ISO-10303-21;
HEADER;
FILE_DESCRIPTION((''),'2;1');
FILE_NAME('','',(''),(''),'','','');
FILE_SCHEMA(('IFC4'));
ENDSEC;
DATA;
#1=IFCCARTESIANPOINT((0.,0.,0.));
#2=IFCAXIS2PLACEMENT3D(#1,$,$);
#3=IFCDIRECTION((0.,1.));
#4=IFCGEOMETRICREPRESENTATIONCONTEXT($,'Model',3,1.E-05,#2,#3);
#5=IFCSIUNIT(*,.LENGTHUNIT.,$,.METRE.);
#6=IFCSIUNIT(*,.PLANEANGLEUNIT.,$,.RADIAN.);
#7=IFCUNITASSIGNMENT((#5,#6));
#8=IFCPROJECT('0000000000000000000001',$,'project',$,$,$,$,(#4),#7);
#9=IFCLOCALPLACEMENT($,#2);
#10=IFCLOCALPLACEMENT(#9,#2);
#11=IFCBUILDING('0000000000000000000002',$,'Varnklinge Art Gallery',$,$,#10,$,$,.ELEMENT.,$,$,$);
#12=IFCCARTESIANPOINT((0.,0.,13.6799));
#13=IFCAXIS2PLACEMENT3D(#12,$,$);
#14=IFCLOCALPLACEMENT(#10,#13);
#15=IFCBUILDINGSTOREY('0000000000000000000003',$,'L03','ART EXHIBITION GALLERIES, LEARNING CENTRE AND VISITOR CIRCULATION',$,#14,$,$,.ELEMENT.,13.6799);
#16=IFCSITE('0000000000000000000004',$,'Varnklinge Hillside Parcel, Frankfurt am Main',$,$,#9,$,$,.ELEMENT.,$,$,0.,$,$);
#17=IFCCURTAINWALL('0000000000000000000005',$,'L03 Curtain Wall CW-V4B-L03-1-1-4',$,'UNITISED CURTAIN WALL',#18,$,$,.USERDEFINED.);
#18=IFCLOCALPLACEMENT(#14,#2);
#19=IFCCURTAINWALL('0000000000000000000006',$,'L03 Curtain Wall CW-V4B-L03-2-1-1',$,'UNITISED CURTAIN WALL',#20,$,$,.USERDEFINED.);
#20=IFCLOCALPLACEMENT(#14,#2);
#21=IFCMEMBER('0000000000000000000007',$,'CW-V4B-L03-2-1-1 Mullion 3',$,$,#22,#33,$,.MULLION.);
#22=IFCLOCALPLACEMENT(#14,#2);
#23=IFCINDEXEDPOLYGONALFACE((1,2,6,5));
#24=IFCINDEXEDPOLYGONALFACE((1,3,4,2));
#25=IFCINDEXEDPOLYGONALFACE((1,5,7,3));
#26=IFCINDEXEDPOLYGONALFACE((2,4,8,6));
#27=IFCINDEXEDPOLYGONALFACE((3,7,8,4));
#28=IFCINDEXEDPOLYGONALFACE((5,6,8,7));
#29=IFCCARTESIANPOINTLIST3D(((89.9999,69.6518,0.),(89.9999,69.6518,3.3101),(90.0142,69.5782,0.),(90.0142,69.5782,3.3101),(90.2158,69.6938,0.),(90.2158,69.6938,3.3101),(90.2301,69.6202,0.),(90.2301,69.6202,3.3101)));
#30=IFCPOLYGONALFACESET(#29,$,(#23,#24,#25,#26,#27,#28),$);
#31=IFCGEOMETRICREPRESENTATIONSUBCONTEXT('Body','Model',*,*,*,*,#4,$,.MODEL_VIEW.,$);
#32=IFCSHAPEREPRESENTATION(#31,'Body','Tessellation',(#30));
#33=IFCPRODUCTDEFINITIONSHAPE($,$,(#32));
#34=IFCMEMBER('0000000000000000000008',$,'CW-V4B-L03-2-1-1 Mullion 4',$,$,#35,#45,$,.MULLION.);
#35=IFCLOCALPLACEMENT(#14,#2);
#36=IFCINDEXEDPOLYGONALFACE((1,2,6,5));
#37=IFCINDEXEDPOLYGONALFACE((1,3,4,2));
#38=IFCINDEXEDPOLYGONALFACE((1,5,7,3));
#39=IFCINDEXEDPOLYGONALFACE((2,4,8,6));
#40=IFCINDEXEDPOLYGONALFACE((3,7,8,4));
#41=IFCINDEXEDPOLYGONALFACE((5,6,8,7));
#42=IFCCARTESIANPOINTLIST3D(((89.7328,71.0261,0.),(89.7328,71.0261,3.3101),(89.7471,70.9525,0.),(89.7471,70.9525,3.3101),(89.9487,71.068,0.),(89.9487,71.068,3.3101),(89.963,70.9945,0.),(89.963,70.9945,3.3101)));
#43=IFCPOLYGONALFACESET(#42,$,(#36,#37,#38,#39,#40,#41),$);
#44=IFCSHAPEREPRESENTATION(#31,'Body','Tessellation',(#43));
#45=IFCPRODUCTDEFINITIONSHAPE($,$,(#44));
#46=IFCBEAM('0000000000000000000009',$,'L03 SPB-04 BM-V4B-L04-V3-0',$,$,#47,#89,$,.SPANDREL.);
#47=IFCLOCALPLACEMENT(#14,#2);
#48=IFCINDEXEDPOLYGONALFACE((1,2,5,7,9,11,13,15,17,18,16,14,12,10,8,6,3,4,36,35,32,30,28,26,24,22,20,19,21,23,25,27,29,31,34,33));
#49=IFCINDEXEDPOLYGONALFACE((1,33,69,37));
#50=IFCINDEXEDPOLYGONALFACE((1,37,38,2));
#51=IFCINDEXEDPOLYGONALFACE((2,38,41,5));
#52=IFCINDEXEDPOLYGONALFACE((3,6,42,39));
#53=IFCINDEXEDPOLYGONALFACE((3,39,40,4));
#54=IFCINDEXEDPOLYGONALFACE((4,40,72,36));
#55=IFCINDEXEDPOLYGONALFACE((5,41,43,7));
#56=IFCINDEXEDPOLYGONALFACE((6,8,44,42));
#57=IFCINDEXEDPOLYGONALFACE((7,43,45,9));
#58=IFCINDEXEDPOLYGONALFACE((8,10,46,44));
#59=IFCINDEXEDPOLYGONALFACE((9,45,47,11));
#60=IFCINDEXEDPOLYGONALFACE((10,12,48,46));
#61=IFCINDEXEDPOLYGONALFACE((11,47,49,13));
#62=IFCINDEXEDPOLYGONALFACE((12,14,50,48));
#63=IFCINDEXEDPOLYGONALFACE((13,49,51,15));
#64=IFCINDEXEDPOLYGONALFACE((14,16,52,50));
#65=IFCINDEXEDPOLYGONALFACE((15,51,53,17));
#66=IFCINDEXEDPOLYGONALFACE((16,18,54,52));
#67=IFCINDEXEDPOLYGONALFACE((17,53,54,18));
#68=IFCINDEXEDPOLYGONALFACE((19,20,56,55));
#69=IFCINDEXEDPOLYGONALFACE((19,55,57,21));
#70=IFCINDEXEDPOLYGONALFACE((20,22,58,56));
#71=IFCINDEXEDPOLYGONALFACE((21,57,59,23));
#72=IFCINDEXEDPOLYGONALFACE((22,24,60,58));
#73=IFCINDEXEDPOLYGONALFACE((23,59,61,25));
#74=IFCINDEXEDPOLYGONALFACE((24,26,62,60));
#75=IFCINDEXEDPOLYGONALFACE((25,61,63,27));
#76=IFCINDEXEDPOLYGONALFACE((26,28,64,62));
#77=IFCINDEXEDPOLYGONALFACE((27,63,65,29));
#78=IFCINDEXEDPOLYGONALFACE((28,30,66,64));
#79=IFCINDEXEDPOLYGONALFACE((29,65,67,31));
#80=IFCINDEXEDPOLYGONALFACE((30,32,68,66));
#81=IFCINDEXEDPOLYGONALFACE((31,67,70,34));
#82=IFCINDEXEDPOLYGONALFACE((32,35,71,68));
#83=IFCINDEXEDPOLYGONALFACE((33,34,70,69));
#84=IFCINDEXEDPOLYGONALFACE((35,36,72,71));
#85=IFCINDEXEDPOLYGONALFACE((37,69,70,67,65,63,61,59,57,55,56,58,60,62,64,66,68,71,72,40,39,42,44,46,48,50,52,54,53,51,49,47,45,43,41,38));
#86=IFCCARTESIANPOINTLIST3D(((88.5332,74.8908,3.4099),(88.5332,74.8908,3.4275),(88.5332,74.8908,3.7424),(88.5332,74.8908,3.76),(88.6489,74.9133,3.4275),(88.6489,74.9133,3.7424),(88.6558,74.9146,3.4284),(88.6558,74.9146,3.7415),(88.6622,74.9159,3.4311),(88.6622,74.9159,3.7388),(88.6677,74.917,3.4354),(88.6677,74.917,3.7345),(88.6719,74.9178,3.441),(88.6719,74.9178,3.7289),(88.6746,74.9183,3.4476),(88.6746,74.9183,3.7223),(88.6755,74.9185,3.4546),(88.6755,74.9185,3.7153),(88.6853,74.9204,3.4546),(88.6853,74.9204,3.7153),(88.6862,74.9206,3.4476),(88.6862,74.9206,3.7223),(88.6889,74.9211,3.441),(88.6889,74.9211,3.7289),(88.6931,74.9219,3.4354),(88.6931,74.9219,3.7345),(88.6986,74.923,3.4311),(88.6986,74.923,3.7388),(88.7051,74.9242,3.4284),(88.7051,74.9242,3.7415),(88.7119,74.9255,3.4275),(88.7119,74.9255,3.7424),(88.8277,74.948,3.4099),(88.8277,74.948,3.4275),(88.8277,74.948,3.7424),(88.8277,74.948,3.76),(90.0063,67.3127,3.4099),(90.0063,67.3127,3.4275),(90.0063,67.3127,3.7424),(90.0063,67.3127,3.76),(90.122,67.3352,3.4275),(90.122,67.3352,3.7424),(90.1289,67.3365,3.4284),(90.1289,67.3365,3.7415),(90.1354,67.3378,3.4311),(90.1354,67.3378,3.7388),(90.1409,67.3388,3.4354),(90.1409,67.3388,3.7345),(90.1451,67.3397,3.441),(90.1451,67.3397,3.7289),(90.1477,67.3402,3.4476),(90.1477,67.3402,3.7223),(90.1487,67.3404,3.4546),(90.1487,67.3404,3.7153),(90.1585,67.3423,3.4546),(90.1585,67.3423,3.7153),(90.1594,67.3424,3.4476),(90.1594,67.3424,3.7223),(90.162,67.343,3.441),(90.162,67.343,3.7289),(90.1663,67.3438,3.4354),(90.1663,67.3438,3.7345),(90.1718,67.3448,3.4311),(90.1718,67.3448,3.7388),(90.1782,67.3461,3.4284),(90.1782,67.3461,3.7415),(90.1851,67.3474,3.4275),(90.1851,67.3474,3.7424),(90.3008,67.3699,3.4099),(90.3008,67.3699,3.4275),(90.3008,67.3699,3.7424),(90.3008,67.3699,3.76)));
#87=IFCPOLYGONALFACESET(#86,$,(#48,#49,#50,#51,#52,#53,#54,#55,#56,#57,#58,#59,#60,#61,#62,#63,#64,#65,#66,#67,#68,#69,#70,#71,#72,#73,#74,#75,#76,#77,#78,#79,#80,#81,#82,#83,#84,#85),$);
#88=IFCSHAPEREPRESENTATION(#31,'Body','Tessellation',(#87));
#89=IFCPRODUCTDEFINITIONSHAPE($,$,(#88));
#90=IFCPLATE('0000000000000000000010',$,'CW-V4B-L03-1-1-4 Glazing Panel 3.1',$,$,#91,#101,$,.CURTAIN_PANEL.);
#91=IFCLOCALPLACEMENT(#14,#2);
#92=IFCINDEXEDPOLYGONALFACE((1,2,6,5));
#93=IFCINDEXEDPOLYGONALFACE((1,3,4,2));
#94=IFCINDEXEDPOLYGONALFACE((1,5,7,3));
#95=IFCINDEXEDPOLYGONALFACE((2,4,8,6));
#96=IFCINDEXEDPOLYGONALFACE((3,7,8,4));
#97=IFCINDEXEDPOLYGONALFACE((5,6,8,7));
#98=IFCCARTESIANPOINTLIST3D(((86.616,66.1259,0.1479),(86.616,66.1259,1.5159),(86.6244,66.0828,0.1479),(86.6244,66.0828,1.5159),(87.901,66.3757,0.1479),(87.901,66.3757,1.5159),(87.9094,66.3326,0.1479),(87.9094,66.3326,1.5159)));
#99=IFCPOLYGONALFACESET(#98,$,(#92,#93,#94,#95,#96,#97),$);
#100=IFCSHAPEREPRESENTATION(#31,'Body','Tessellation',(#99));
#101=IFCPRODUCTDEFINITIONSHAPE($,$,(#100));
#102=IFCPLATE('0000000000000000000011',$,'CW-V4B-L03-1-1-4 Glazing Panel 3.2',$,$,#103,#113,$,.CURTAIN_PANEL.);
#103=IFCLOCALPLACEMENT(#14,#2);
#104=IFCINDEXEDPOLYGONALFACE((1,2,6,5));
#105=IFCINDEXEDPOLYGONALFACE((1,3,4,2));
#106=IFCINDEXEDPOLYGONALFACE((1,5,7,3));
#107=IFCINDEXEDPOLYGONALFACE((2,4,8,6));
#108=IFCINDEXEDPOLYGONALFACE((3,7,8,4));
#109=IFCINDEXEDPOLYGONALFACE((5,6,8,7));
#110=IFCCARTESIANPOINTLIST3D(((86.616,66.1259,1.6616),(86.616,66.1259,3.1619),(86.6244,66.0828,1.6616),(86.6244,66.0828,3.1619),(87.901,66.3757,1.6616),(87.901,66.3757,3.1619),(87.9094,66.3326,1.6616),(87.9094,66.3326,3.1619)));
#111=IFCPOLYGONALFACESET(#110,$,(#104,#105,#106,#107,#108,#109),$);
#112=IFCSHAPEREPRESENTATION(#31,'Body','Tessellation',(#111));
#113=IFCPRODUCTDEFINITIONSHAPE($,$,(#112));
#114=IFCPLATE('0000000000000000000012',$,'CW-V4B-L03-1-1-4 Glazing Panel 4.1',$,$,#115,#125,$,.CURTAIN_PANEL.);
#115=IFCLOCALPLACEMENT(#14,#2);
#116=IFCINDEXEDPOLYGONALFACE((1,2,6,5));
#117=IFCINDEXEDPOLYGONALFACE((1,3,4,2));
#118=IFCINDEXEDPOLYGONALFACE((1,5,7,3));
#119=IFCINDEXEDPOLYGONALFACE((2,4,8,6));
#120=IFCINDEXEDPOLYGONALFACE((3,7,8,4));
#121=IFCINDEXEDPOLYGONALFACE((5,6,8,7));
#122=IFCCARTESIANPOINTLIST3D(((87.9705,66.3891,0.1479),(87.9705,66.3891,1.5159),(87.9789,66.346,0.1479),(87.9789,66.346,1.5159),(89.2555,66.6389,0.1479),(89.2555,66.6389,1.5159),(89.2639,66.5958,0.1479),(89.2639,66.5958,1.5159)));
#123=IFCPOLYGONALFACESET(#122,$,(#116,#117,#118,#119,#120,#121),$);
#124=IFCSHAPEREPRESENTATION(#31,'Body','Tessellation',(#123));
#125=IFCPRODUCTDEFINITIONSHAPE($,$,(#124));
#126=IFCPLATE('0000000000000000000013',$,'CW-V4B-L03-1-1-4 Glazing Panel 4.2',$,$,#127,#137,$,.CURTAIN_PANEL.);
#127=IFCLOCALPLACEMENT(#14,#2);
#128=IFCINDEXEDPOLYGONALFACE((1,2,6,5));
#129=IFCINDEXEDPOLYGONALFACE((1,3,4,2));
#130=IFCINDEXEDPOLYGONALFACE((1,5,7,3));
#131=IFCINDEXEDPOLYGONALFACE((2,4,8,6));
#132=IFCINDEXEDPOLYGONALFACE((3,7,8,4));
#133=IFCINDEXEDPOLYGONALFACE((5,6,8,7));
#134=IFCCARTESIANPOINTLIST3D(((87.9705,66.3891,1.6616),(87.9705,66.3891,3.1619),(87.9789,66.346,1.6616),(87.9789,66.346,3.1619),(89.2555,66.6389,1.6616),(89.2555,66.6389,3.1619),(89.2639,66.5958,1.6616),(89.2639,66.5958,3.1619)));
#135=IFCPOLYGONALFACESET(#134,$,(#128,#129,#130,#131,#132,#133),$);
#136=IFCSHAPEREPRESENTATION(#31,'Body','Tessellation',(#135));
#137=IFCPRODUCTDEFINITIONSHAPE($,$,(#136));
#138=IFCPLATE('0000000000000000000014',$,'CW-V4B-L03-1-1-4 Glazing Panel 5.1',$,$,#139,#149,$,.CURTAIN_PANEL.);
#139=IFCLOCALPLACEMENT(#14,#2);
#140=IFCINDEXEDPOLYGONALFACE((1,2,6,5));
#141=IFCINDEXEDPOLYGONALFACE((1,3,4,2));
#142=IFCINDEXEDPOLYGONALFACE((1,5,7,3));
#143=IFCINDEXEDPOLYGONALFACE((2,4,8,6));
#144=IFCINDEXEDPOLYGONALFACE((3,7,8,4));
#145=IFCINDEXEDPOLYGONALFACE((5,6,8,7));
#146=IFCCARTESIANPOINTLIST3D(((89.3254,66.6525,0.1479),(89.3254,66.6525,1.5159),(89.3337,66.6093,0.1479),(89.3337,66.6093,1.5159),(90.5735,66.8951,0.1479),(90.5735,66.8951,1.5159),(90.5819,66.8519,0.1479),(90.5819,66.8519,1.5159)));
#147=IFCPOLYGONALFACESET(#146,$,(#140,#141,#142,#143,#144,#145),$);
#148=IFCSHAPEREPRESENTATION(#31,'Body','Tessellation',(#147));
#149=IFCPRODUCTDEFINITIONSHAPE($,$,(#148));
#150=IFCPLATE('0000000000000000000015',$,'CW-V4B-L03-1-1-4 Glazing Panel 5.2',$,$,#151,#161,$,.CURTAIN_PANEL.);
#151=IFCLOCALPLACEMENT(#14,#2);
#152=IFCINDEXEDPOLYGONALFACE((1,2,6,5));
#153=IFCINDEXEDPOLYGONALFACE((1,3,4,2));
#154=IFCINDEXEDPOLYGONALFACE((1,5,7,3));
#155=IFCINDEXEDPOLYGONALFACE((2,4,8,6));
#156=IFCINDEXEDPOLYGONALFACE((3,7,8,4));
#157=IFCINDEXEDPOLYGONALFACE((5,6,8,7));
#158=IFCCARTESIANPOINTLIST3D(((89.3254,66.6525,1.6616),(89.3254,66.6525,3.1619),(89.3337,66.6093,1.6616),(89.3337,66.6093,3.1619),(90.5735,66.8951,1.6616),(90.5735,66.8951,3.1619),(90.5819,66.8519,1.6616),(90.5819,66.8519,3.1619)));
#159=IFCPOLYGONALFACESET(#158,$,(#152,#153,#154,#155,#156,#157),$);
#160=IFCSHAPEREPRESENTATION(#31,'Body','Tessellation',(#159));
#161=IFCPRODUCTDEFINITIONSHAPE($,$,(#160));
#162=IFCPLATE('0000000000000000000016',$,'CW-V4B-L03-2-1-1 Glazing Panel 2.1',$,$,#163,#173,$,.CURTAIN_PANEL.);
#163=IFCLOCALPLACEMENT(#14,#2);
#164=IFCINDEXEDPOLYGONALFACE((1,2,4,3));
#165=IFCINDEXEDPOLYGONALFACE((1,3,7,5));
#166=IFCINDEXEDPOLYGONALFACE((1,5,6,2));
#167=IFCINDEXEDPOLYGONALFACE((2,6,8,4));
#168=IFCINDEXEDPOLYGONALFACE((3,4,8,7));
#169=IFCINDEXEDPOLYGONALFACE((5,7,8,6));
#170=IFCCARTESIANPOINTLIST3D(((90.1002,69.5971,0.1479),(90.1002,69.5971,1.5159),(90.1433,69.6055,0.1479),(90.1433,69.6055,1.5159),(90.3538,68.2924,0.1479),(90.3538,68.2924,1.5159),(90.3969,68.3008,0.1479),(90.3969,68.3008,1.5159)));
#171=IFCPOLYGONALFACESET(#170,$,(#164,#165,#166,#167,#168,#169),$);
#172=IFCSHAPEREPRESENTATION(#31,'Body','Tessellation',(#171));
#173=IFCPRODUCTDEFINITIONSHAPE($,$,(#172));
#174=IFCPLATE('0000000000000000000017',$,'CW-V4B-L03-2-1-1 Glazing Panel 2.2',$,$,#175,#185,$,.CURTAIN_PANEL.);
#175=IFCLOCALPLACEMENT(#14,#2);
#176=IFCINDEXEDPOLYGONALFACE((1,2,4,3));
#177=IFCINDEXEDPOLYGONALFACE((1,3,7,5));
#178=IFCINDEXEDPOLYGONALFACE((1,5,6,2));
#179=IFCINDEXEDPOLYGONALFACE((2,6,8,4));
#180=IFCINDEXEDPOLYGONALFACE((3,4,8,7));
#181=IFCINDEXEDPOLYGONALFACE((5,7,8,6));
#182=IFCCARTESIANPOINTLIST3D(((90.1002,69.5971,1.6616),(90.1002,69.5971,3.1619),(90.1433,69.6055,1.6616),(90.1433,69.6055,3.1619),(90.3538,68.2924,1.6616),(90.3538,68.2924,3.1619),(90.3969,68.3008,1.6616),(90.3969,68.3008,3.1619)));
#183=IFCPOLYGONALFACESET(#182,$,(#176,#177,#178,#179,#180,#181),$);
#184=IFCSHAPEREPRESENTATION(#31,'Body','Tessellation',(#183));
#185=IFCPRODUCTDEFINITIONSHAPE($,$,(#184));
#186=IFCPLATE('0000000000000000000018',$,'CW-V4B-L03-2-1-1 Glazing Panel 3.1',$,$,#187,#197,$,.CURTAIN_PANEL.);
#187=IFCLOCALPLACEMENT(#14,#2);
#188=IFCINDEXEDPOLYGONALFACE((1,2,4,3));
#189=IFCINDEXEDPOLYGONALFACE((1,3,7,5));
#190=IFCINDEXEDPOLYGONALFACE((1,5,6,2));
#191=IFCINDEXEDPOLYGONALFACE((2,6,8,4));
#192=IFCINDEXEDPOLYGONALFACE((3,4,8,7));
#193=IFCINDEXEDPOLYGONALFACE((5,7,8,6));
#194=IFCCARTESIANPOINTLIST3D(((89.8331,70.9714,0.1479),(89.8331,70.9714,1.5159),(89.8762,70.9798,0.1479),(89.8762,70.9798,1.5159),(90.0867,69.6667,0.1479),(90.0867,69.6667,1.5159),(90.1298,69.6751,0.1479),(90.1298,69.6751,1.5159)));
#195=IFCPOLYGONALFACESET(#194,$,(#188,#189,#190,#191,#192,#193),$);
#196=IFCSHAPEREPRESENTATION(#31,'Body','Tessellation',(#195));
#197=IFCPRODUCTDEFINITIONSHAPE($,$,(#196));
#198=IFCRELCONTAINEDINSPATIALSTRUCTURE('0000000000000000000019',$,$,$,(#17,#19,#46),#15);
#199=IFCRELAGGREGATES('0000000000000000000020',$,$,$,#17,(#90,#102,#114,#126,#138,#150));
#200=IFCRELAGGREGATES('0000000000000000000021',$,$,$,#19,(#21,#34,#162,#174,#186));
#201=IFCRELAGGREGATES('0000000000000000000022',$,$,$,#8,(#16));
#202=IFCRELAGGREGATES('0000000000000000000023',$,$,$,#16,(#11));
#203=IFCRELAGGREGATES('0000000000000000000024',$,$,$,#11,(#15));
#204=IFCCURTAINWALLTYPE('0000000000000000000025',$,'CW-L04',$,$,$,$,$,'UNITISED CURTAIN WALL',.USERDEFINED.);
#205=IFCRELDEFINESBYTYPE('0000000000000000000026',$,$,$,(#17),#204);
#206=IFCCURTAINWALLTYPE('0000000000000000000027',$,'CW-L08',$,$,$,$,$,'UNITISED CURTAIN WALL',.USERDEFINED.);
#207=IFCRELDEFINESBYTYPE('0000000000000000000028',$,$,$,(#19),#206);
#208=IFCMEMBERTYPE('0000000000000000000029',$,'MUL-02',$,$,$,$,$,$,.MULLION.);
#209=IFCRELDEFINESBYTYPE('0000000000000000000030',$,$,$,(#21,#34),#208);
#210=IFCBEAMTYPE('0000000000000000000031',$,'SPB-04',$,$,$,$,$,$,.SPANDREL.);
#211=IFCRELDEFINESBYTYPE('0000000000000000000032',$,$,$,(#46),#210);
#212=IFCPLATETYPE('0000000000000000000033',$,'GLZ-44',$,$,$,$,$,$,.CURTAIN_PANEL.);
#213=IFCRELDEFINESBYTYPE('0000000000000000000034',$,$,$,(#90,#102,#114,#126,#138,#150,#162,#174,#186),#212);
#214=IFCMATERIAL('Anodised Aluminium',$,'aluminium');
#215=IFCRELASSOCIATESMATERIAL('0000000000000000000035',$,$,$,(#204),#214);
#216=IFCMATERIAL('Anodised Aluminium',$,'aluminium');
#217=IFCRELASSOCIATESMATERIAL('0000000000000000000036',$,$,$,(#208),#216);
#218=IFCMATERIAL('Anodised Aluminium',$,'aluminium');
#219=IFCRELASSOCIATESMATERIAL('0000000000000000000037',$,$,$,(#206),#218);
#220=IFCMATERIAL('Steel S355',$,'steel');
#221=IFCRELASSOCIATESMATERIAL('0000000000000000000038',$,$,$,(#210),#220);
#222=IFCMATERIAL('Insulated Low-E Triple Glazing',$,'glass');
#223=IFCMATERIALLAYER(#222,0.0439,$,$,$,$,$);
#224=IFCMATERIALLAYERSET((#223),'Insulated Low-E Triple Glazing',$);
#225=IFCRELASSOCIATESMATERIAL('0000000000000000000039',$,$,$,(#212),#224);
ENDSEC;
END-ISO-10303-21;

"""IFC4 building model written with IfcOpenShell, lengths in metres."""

from ifc_helpers import new_model, si_unit, direction, frame, origin, origin_2d, place, context, subcontext, project, spatial, rectangle, i_section, extrude, material, layer, layer_set, material_profile, profile_set, type_object, element, aggregate, save


model = new_model("IFC4")

# Units and contexts
model_context = context("Model", 3, precision=1e-05, world=origin(), true_north=direction((0.0, 1.0)))
body_context = subcontext(model_context, "Body", "Model", "MODEL_VIEW")
ifc_project = project(units=[si_unit("LENGTHUNIT", "METRE"), si_unit("PLANEANGLEUNIT", "RADIAN")], contexts=[model_context])

# Site, building, storey
site_placement = place(None, origin())
site = spatial("IfcSite", under=ifc_project, at=site_placement, Name="Varnklinge Hillside Parcel, Frankfurt am Main", CompositionType="ELEMENT", RefElevation=0.0)
building_placement = place(site_placement, origin())
building = spatial("IfcBuilding", under=site, at=building_placement, Name="Varnklinge Art Gallery", CompositionType="ELEMENT")
storey_placement = place(building_placement, frame((0.0, 0.0, 13.6799)))
storey = spatial("IfcBuildingStorey", under=building, at=storey_placement, Name="L03", Description="ART EXHIBITION GALLERIES, LEARNING CENTRE AND VISITOR CIRCULATION", CompositionType="ELEMENT", Elevation=13.6799)

# Curtain walls, members
ifc_material_1 = material(Name="Anodised Aluminium", Category="aluminium")
curtain_wall_type_1 = type_object("IfcCurtainWallType", Name="CW-L04", ElementType="UNITISED CURTAIN WALL", PredefinedType="USERDEFINED", material=ifc_material_1)
curtain_wall_1_placement = place(storey_placement, origin())
curtain_wall_1 = element("IfcCurtainWall", 1, at=curtain_wall_1_placement, inside=storey, type_object=curtain_wall_type_1, Name="L03 Curtain Wall CW-V4B-L03-1-1-4", ObjectType="UNITISED CURTAIN WALL", PredefinedType="USERDEFINED")
ifc_material_2 = material(Name="Anodised Aluminium", Category="aluminium")
ifc_material_profile_1 = material_profile(ifc_material_2, rectangle(XDim=0.075, YDim=0.22, at=origin_2d()), Name="ALU 75x220")
ifc_profile_set_1 = profile_set([ifc_material_profile_1], Name="Anodised Aluminium")
member_type = type_object("IfcMemberType", Name="MUL-02", PredefinedType="MULLION", material=ifc_profile_set_1)
ifc_material_3 = material(Name="Anodised Aluminium", Category="aluminium")
curtain_wall_type_2 = type_object("IfcCurtainWallType", Name="CW-L08", ElementType="UNITISED CURTAIN WALL", PredefinedType="USERDEFINED", material=ifc_material_3)
curtain_wall_2_placement = place(storey_placement, origin())
curtain_wall_2 = element("IfcCurtainWall", 2, at=curtain_wall_2_placement, inside=storey, type_object=curtain_wall_type_2, Name="L03 Curtain Wall CW-V4B-L03-2-1-1", ObjectType="UNITISED CURTAIN WALL", PredefinedType="USERDEFINED")
member_1_placement = place(storey_placement, frame((90.115, 69.636, 0.0), z_axis=(0.0, 0.0, 1.0), x_axis=(-0.190809, 0.981627, 0.0)))
member_1 = element("IfcMember", 3, at=member_1_placement, type_object=member_type, Name="CW-V4B-L03-2-1-1 Mullion 3", PredefinedType="MULLION", context=body_context, shape_type="SweptSolid", body=[
    extrude(rectangle(XDim=0.075, YDim=0.22, at=origin_2d()), origin(), (0.0, 0.0, 1.0), 3.3101),
])
member_2_placement = place(storey_placement, frame((89.8479, 71.0103, 0.0), z_axis=(0.0, 0.0, 1.0), x_axis=(-0.190809, 0.981627, 0.0)))
member_2 = element("IfcMember", 4, at=member_2_placement, type_object=member_type, Name="CW-V4B-L03-2-1-1 Mullion 4", PredefinedType="MULLION", context=body_context, shape_type="SweptSolid", body=[
    extrude(rectangle(XDim=0.075, YDim=0.22, at=origin_2d()), origin(), (0.0, 0.0, 1.0), 3.3101),
])

# Beam
ifc_material_4 = material(Name="Steel S355", Category="steel")
ifc_material_profile_2 = material_profile(ifc_material_4, i_section(OverallWidth=0.3, OverallDepth=0.3501, WebThickness=0.01, FlangeThickness=0.0176, FilletRadius=0.0271, at=origin_2d()), Name="HEA 360")
ifc_profile_set_2 = profile_set([ifc_material_profile_2], Name="Steel S355")
beam_type_1 = type_object("IfcBeamType", Name="SPB-04", PredefinedType="SPANDREL", material=ifc_profile_set_2)
beam_1_placement = place(storey_placement, frame((90.1536, 67.3413, 3.585), z_axis=(-0.190822, 0.981625, 0.0), x_axis=(-0.981625, -0.190822, 0.0)))
element("IfcBeam", 5, at=beam_1_placement, inside=storey, type_object=beam_type_1, Name="L03 SPB-04 BM-V4B-L04-V3-0", PredefinedType="SPANDREL", context=body_context, shape_type="SweptSolid", body=[
    extrude(i_section(OverallWidth=0.3, OverallDepth=0.3501, WebThickness=0.01, FlangeThickness=0.0176, FilletRadius=0.0271, at=origin_2d()), origin(), (0.0, 0.0, 1.0), 7.72),
])

# Plates
ifc_material_5 = material(Name="Insulated Low-E Triple Glazing", Category="glass")
ifc_layer_1 = layer(ifc_material_5, 0.0439)
ifc_layer_set_1 = layer_set([ifc_layer_1], Name="Insulated Low-E Triple Glazing")
plate_type = type_object("IfcPlateType", Name="GLZ-44", PredefinedType="CURTAIN_PANEL", material=ifc_layer_set_1)
plate_1_placement = place(storey_placement, frame((87.2627, 66.2292, 0.1479), z_axis=(0.0, 0.0, 1.0), x_axis=(0.981627, 0.190809, 0.0)))
plate_1 = element("IfcPlate", 6, at=plate_1_placement, type_object=plate_type, Name="CW-V4B-L03-1-1-4 Glazing Panel 3.1", PredefinedType="CURTAIN_PANEL", context=body_context, shape_type="SweptSolid", body=[
    extrude(rectangle(XDim=1.3091, YDim=0.0439, at=origin_2d()), origin(), (0.0, 0.0, 1.0), 1.3679),
])
plate_2_placement = place(storey_placement, frame((87.2627, 66.2292, 1.6616), z_axis=(0.0, 0.0, 1.0), x_axis=(0.981627, 0.190809, 0.0)))
plate_2 = element("IfcPlate", 7, at=plate_2_placement, type_object=plate_type, Name="CW-V4B-L03-1-1-4 Glazing Panel 3.2", PredefinedType="CURTAIN_PANEL", context=body_context, shape_type="SweptSolid", body=[
    extrude(rectangle(XDim=1.3091, YDim=0.0439, at=origin_2d()), origin(), (0.0, 0.0, 1.0), 1.5002),
])
plate_3_placement = place(storey_placement, frame((88.6172, 66.4924, 0.1479), z_axis=(0.0, 0.0, 1.0), x_axis=(0.981627, 0.190809, 0.0)))
plate_3 = element("IfcPlate", 8, at=plate_3_placement, type_object=plate_type, Name="CW-V4B-L03-1-1-4 Glazing Panel 4.1", PredefinedType="CURTAIN_PANEL", context=body_context, shape_type="SweptSolid", body=[
    extrude(rectangle(XDim=1.3091, YDim=0.0439, at=origin_2d()), origin(), (0.0, 0.0, 1.0), 1.3679),
])
plate_4_placement = place(storey_placement, frame((88.6172, 66.4924, 1.6616), z_axis=(0.0, 0.0, 1.0), x_axis=(0.981627, 0.190809, 0.0)))
plate_4 = element("IfcPlate", 9, at=plate_4_placement, type_object=plate_type, Name="CW-V4B-L03-1-1-4 Glazing Panel 4.2", PredefinedType="CURTAIN_PANEL", context=body_context, shape_type="SweptSolid", body=[
    extrude(rectangle(XDim=1.3091, YDim=0.0439, at=origin_2d()), origin(), (0.0, 0.0, 1.0), 1.5002),
])
plate_5_placement = place(storey_placement, frame((89.9536, 66.7522, 0.1479), z_axis=(0.0, 0.0, 1.0), x_axis=(0.981627, 0.190809, 0.0)))
plate_5 = element("IfcPlate", 10, at=plate_5_placement, type_object=plate_type, Name="CW-V4B-L03-1-1-4 Glazing Panel 5.1", PredefinedType="CURTAIN_PANEL", context=body_context, shape_type="SweptSolid", body=[
    extrude(rectangle(XDim=1.2715, YDim=0.0439, at=origin_2d()), origin(), (0.0, 0.0, 1.0), 1.3679),
])
plate_6_placement = place(storey_placement, frame((89.9536, 66.7522, 1.6616), z_axis=(0.0, 0.0, 1.0), x_axis=(0.981627, 0.190809, 0.0)))
plate_6 = element("IfcPlate", 11, at=plate_6_placement, type_object=plate_type, Name="CW-V4B-L03-1-1-4 Glazing Panel 5.2", PredefinedType="CURTAIN_PANEL", context=body_context, shape_type="SweptSolid", body=[
    extrude(rectangle(XDim=1.2715, YDim=0.0439, at=origin_2d()), origin(), (0.0, 0.0, 1.0), 1.5002),
])
aggregate(curtain_wall_1, [plate_1, plate_2, plate_3, plate_4, plate_5, plate_6])
plate_7_placement = place(storey_placement, frame((90.2485, 68.949, 0.1479), z_axis=(0.0, 0.0, 1.0), x_axis=(-0.190809, 0.981627, 0.0)))
plate_7 = element("IfcPlate", 12, at=plate_7_placement, type_object=plate_type, Name="CW-V4B-L03-2-1-1 Glazing Panel 2.1", PredefinedType="CURTAIN_PANEL", context=body_context, shape_type="SweptSolid", body=[
    extrude(rectangle(XDim=1.3291, YDim=0.0439, at=origin_2d()), origin(), (0.0, 0.0, 1.0), 1.3679),
])
plate_8_placement = place(storey_placement, frame((90.2485, 68.949, 1.6616), z_axis=(0.0, 0.0, 1.0), x_axis=(-0.190809, 0.981627, 0.0)))
plate_8 = element("IfcPlate", 13, at=plate_8_placement, type_object=plate_type, Name="CW-V4B-L03-2-1-1 Glazing Panel 2.2", PredefinedType="CURTAIN_PANEL", context=body_context, shape_type="SweptSolid", body=[
    extrude(rectangle(XDim=1.3291, YDim=0.0439, at=origin_2d()), origin(), (0.0, 0.0, 1.0), 1.5002),
])
plate_9_placement = place(storey_placement, frame((89.9814, 70.3232, 0.1479), z_axis=(0.0, 0.0, 1.0), x_axis=(-0.190809, 0.981627, 0.0)))
plate_9 = element("IfcPlate", 14, at=plate_9_placement, type_object=plate_type, Name="CW-V4B-L03-2-1-1 Glazing Panel 3.1", PredefinedType="CURTAIN_PANEL", context=body_context, shape_type="SweptSolid", body=[
    extrude(rectangle(XDim=1.3291, YDim=0.0439, at=origin_2d()), origin(), (0.0, 0.0, 1.0), 1.3679),
])
aggregate(curtain_wall_2, [member_1, member_2, plate_7, plate_8, plate_9])

save(model, "model.ifc")
